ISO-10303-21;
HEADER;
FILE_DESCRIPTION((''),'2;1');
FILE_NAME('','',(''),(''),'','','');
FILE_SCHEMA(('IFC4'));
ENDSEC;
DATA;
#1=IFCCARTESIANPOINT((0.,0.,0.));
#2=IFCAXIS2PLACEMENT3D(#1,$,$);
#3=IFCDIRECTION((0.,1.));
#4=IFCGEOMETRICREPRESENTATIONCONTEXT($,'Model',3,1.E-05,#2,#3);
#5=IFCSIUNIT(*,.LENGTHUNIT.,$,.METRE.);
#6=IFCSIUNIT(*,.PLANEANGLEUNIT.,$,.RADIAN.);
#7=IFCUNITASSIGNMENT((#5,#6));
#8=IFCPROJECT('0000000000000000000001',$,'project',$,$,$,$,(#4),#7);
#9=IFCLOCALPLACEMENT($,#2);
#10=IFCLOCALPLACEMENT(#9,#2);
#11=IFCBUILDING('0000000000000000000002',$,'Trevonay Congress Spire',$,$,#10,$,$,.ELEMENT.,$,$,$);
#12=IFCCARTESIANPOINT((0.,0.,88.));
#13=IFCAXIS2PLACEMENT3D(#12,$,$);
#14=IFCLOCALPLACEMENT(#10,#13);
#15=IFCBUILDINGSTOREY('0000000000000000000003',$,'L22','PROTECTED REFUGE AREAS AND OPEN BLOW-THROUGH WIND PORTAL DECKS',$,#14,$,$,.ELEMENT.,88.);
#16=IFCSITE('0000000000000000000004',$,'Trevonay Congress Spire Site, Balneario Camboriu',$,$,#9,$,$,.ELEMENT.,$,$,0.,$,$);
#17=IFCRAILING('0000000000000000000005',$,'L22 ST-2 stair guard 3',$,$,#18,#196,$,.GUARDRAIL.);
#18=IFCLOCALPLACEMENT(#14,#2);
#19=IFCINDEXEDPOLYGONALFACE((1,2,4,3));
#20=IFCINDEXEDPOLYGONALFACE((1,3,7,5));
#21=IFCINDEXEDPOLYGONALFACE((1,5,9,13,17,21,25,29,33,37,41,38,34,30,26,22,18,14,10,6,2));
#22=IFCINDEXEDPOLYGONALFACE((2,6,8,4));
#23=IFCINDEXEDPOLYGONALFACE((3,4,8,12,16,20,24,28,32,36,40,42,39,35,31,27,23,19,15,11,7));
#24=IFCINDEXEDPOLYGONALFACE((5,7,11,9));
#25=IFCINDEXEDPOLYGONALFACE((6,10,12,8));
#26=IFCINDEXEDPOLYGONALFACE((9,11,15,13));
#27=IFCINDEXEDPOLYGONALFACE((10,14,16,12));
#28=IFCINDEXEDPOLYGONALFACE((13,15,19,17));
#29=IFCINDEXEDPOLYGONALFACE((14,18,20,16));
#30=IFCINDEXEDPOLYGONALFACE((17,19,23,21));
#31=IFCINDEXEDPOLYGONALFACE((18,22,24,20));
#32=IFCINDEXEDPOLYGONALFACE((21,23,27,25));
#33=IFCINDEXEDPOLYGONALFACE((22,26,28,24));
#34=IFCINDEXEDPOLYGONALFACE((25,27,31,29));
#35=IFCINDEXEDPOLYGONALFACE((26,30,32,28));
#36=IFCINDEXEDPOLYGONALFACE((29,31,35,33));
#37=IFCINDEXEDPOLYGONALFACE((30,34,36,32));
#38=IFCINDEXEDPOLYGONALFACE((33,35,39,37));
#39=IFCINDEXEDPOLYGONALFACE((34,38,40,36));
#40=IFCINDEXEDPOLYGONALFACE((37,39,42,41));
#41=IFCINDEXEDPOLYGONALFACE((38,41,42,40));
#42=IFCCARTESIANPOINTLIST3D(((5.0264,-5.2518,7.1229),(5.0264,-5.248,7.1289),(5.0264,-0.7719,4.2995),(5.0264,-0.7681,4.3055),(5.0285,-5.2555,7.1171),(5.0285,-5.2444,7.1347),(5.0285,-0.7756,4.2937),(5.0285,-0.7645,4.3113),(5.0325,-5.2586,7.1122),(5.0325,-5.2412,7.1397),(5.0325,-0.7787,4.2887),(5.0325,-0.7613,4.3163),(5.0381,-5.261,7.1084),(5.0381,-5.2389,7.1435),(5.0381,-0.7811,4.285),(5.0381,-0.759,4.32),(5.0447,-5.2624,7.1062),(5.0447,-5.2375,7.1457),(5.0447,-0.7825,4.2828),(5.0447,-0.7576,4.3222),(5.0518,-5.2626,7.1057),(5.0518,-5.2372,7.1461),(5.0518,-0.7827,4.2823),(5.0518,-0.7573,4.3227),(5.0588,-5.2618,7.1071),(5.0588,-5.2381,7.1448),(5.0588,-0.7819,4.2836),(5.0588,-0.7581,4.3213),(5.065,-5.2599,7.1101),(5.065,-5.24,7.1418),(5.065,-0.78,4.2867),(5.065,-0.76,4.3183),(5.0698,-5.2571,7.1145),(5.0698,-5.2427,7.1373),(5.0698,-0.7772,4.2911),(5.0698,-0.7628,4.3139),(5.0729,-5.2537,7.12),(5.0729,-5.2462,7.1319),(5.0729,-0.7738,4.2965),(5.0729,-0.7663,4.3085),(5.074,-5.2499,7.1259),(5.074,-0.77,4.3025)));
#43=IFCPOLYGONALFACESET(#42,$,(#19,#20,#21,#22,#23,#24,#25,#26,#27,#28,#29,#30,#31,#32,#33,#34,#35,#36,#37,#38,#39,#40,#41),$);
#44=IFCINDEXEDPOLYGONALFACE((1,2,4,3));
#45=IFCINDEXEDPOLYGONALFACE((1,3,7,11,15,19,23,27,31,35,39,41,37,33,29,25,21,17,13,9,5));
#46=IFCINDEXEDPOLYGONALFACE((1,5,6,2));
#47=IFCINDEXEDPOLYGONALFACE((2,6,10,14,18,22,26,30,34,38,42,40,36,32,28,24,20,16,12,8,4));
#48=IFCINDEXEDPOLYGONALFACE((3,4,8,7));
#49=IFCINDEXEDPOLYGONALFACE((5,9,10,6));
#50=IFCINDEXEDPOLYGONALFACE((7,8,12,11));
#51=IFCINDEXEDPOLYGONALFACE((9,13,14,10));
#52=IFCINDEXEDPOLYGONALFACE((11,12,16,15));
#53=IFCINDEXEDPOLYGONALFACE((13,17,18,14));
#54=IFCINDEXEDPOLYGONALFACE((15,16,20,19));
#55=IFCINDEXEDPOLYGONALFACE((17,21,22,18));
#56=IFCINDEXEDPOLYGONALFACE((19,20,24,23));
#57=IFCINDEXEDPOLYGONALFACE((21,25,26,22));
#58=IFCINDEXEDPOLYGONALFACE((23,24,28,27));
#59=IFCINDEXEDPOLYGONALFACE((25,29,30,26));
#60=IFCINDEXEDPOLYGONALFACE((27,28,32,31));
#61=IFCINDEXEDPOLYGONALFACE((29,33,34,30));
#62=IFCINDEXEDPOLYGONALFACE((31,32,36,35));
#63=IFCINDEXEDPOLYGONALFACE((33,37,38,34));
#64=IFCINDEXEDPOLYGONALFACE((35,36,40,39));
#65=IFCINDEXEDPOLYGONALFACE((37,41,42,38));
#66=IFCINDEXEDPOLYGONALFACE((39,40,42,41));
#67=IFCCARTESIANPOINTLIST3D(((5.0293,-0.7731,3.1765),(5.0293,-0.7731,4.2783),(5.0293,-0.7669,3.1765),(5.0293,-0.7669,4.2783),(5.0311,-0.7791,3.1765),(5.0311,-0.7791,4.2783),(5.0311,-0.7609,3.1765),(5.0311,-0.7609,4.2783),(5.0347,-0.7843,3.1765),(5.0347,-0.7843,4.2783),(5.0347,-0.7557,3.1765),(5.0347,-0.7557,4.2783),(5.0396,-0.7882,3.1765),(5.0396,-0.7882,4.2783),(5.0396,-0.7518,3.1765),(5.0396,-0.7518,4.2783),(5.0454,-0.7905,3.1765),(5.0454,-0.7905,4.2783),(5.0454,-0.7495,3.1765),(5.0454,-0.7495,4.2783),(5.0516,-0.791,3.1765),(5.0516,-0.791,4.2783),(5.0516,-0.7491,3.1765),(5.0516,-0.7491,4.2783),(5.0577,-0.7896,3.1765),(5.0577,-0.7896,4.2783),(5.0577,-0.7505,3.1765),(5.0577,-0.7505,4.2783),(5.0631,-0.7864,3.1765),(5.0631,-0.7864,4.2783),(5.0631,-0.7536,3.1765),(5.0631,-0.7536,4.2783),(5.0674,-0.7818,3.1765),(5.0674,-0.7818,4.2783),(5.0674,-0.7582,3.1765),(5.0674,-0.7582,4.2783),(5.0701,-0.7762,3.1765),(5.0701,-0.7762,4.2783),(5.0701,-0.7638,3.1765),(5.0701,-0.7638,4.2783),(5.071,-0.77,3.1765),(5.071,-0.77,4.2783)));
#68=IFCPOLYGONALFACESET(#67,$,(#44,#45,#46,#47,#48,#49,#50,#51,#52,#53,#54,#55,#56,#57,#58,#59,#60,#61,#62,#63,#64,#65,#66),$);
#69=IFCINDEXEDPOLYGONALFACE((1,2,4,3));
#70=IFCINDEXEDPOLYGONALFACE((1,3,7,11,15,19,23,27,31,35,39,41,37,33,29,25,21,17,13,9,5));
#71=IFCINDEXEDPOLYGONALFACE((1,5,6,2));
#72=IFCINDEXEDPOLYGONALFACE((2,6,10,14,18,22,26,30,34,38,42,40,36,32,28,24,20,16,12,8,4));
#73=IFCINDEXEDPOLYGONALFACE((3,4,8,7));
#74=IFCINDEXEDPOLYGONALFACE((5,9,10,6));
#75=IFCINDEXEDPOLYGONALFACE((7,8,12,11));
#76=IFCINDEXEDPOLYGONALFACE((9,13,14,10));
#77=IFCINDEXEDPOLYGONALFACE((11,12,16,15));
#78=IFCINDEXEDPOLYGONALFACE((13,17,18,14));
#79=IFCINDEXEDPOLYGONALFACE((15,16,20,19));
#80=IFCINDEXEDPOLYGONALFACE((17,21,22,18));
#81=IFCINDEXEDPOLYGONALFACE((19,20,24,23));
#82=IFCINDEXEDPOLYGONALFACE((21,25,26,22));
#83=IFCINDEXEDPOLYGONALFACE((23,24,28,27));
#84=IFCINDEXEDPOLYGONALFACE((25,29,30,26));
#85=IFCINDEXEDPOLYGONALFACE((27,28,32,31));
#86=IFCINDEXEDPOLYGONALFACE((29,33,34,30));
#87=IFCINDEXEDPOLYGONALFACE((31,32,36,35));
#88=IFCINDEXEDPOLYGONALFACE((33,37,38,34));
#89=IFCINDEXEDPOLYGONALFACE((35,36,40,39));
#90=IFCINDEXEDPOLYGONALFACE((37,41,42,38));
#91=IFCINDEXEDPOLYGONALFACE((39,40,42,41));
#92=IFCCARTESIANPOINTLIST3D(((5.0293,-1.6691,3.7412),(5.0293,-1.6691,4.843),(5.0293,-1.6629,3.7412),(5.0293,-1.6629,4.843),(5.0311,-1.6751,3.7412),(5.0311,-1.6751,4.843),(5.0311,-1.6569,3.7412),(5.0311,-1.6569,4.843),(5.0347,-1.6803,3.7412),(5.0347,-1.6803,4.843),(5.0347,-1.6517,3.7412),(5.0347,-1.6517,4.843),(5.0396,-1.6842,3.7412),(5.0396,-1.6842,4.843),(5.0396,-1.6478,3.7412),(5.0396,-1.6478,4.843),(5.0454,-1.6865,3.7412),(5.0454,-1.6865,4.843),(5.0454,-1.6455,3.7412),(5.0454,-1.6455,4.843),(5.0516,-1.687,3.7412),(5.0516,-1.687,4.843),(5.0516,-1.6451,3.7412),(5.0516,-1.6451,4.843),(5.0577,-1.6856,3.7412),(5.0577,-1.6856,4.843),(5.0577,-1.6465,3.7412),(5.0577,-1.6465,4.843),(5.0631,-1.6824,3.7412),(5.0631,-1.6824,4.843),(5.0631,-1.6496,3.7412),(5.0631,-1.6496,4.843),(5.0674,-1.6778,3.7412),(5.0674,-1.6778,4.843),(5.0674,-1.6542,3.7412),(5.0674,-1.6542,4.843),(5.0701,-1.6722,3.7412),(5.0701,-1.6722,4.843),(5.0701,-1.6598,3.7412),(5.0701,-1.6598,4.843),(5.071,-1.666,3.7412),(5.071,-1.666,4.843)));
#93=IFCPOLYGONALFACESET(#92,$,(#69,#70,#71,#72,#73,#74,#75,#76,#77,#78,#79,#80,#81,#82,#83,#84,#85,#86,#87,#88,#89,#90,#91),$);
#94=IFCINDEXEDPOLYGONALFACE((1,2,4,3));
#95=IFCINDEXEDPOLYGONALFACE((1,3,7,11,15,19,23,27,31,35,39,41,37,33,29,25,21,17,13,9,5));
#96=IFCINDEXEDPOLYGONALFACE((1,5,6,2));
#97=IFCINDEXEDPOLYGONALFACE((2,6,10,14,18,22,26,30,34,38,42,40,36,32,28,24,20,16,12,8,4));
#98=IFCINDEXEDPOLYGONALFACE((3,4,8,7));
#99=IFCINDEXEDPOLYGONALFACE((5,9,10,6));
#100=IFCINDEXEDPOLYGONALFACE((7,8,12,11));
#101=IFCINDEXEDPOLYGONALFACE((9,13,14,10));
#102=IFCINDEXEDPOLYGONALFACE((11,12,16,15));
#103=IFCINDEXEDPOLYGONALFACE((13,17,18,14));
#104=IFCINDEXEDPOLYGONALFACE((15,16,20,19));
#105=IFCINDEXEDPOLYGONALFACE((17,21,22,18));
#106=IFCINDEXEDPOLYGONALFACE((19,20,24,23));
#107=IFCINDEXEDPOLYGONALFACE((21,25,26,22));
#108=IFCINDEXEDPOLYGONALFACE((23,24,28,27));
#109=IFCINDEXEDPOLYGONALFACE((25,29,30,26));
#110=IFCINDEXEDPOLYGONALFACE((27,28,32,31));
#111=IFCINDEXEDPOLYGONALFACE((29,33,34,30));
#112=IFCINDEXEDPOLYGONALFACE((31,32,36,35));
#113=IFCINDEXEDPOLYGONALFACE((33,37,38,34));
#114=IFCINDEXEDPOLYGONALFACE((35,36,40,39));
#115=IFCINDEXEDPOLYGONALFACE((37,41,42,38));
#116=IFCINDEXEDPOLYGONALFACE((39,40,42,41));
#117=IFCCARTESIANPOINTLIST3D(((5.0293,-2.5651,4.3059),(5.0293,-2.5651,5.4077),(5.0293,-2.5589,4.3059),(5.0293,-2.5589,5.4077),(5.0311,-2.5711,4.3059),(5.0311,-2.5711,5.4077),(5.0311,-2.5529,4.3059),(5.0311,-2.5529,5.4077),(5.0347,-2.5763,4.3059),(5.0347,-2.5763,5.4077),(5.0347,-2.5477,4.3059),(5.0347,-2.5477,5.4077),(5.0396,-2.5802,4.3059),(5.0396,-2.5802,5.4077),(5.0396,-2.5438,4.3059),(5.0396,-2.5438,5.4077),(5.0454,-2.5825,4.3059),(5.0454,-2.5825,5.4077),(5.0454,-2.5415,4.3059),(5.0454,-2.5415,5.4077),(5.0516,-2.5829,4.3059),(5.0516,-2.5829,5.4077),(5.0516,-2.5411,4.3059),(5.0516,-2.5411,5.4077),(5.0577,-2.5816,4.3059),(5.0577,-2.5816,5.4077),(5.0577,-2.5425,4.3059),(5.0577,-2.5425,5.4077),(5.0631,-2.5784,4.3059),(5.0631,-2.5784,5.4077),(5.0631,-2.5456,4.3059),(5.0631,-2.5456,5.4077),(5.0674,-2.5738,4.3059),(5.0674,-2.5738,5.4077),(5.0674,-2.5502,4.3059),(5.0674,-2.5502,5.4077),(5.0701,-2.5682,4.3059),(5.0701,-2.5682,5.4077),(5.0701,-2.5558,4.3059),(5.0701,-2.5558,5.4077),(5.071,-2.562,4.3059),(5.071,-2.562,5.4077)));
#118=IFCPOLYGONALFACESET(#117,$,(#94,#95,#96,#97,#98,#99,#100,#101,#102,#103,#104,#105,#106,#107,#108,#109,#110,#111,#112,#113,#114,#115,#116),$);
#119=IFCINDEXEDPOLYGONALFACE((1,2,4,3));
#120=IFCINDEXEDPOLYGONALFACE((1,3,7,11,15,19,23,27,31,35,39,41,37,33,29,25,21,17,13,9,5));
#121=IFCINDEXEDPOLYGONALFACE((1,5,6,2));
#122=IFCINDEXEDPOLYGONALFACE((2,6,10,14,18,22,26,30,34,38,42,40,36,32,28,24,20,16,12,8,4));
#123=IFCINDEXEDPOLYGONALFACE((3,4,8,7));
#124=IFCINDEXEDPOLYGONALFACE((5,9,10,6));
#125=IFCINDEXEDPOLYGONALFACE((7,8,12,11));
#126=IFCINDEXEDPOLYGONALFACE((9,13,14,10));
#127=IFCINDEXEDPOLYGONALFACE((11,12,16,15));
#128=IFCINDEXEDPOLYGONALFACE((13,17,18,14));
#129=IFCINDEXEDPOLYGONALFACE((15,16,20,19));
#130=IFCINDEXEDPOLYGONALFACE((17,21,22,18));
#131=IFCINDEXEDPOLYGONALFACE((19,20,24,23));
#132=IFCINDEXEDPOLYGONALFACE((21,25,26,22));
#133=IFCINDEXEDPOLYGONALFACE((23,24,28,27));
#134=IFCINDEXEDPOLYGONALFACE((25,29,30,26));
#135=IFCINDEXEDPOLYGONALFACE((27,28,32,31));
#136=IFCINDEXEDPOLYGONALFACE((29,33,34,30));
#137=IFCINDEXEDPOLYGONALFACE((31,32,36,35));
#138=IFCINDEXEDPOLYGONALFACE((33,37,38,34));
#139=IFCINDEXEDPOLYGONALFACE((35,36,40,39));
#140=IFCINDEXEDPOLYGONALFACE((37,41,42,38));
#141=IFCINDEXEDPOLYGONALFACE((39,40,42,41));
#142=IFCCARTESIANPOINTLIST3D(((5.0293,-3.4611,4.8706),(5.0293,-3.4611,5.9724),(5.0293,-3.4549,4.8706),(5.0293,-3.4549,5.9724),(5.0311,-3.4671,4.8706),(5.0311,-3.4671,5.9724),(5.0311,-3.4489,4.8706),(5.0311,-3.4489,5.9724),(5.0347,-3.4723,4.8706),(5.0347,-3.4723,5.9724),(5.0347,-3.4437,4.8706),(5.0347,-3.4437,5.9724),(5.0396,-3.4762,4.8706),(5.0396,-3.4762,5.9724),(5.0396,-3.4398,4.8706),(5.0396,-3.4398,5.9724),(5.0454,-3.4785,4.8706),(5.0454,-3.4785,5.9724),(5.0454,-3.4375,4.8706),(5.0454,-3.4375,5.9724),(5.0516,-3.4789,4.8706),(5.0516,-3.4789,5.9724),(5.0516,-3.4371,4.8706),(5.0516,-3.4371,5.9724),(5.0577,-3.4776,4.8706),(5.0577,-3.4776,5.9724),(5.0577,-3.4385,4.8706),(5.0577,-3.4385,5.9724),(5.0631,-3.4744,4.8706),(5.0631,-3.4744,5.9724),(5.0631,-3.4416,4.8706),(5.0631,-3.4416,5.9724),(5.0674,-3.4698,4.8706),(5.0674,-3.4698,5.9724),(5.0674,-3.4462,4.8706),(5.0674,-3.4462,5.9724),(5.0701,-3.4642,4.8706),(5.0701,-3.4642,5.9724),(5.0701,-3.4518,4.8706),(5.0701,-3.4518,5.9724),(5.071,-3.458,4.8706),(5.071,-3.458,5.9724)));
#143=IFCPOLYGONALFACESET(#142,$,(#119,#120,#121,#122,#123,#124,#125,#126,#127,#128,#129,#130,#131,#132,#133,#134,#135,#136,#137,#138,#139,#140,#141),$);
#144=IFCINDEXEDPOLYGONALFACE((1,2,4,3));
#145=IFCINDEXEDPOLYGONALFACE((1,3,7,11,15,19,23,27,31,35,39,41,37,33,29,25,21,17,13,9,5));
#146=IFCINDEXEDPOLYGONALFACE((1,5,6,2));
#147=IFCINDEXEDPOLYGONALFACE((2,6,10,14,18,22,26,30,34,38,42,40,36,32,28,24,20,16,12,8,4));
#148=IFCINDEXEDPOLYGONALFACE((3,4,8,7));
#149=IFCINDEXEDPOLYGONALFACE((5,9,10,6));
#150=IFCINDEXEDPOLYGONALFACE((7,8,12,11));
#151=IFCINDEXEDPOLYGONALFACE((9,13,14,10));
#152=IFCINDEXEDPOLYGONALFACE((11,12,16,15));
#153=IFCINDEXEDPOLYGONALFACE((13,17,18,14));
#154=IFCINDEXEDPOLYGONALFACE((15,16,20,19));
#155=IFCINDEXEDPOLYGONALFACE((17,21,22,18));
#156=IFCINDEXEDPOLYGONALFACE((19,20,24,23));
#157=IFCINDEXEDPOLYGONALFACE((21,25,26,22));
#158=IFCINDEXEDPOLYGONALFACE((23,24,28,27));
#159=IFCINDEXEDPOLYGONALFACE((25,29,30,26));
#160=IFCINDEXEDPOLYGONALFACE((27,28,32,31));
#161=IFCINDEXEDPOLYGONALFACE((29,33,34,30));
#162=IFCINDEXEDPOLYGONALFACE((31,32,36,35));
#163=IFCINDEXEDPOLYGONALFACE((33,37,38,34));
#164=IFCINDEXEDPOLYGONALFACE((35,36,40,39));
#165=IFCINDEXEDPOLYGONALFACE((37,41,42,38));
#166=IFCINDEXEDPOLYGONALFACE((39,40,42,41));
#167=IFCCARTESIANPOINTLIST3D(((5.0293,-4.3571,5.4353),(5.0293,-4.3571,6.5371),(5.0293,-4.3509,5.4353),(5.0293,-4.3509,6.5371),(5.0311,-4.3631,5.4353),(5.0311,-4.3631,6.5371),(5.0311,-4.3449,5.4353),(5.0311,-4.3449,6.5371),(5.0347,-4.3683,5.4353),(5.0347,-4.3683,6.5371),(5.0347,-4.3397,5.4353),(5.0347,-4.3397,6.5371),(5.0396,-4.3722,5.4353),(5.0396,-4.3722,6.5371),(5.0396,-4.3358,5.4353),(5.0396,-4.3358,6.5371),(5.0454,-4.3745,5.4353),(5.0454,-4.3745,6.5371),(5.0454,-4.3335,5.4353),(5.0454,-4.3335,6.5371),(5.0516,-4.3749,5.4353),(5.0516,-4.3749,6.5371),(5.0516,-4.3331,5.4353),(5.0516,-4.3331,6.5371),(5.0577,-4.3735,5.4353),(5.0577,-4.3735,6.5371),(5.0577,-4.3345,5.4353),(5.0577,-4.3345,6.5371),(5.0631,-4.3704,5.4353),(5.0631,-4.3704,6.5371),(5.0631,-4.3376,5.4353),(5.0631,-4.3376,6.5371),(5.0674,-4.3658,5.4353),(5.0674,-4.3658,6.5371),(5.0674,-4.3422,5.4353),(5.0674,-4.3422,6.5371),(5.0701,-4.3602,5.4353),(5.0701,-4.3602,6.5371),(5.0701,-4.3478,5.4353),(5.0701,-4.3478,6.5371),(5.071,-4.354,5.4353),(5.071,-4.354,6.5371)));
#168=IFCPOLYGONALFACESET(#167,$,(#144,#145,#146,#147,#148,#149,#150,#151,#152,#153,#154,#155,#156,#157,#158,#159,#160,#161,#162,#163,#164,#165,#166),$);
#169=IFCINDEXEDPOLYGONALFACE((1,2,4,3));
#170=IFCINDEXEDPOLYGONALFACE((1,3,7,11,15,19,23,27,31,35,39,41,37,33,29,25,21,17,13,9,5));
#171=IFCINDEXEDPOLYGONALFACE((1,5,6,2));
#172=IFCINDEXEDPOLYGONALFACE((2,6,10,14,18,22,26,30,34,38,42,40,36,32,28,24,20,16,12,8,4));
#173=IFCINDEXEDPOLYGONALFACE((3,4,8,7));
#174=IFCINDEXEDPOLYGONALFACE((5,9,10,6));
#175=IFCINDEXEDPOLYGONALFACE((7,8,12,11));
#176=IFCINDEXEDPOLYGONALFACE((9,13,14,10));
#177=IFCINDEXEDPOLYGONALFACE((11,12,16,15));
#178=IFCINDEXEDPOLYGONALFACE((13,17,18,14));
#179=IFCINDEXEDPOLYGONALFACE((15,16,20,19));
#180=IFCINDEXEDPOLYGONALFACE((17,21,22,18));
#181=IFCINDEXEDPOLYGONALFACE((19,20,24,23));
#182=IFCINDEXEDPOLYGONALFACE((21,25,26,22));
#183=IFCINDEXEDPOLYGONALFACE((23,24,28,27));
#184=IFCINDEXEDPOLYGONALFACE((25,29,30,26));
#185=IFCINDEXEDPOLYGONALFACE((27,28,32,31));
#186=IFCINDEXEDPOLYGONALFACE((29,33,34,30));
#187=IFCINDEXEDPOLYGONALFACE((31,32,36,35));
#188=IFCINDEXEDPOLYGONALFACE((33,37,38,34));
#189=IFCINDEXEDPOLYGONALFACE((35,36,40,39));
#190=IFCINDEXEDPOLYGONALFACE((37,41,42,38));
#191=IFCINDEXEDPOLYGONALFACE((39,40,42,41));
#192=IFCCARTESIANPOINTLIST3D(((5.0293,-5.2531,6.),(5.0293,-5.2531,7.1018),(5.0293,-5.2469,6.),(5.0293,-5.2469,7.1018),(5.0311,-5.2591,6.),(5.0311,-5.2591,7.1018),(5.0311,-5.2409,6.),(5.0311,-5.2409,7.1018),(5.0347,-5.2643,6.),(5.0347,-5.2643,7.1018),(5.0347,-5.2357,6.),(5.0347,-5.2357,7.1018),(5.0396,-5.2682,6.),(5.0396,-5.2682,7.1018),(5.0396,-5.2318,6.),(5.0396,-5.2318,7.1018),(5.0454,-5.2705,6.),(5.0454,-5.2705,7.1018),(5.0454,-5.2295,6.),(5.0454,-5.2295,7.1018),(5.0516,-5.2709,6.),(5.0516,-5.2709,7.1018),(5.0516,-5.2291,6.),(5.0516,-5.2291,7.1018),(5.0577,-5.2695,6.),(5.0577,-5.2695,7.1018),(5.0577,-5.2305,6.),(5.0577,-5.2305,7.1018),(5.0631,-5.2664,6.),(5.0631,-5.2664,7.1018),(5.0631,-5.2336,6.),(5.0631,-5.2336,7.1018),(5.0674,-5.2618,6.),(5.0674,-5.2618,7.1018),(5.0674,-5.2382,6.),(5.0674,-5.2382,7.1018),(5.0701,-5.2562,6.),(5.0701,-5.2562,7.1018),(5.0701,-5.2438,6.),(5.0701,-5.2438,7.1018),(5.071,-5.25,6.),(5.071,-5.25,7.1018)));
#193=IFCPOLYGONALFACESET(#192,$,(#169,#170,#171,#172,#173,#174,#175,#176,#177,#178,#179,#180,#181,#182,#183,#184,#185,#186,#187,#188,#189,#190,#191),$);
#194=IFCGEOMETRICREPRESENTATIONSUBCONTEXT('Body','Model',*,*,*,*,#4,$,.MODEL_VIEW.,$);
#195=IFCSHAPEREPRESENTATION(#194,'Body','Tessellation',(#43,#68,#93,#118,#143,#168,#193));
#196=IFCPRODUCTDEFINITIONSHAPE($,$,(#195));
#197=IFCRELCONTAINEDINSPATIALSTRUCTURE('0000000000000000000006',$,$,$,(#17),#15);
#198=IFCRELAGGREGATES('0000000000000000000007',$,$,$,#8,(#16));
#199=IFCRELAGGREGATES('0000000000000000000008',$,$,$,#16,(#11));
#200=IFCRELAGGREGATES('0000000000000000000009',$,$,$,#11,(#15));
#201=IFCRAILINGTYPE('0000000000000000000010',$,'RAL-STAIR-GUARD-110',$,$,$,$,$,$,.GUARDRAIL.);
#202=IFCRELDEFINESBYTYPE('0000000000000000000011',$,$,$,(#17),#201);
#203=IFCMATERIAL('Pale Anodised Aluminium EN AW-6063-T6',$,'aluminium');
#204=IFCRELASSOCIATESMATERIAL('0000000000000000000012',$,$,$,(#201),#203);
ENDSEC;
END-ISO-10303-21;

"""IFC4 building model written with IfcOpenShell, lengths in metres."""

from ifc_helpers import new_model, si_unit, direction, frame, origin, origin_2d, place, context, subcontext, project, spatial, circle, extrude, material, type_object, element, save


model = new_model("IFC4")

# Units and contexts
model_context = context("Model", 3, precision=1e-05, world=origin(), true_north=direction((0.0, 1.0)))
body_context = subcontext(model_context, "Body", "Model", "MODEL_VIEW")
ifc_project = project(units=[si_unit("LENGTHUNIT", "METRE"), si_unit("PLANEANGLEUNIT", "RADIAN")], contexts=[model_context])

# Site, building, storey
site_placement = place(None, origin())
site = spatial("IfcSite", under=ifc_project, at=site_placement, Name="Trevonay Congress Spire Site, Balneario Camboriu", CompositionType="ELEMENT", RefElevation=0.0)
building_placement = place(site_placement, origin())
building = spatial("IfcBuilding", under=site, at=building_placement, Name="Trevonay Congress Spire", CompositionType="ELEMENT")
storey_placement = place(building_placement, frame((0.0, 0.0, 88.0)))
storey = spatial("IfcBuildingStorey", under=building, at=storey_placement, Name="L22", Description="PROTECTED REFUGE AREAS AND OPEN BLOW-THROUGH WIND PORTAL DECKS", CompositionType="ELEMENT", Elevation=88.0)

# Shared definitions
ifc_material_1 = material(Name="Pale Anodised Aluminium EN AW-6063-T6", Category="aluminium")

# Railing
railing_type_1 = type_object("IfcRailingType", Name="RAL-STAIR-GUARD-110", PredefinedType="GUARDRAIL", material=ifc_material_1)
railing_1_placement = place(storey_placement, frame((5.05, -0.77, 3.1765)))
element("IfcRailing", 1, at=railing_1_placement, inside=storey, type_object=railing_type_1, Name="L22 ST-2 stair guard 3", PredefinedType="GUARDRAIL", context=body_context, shape_type="SweptSolid", body=[
    extrude(circle(Radius=0.0239, at=origin_2d()), frame((0.0, 0.0, 1.126), z_axis=(0.0, -0.845998, 0.533186), x_axis=(1.0, 0.0, 0.0)), (0.0, 0.0, 1.0), 5.2954),
    extrude(circle(Radius=0.021, at=origin_2d()), origin(), (0.0, 0.0, 1.0), 1.1018),
    extrude(circle(Radius=0.021, at=origin_2d()), frame((0.0, -0.896, 0.5647)), (0.0, 0.0, 1.0), 1.1018),
    extrude(circle(Radius=0.021, at=origin_2d()), frame((0.0, -1.792, 1.1294)), (0.0, 0.0, 1.0), 1.1018),
    extrude(circle(Radius=0.021, at=origin_2d()), frame((0.0, -2.688, 1.6941)), (0.0, 0.0, 1.0), 1.1018),
    extrude(circle(Radius=0.021, at=origin_2d()), frame((0.0, -3.584, 2.2588)), (0.0, 0.0, 1.0), 1.1018),
    extrude(circle(Radius=0.021, at=origin_2d()), frame((0.0, -4.48, 2.8235)), (0.0, 0.0, 1.0), 1.1018),
])

save(model, "model.ifc")
